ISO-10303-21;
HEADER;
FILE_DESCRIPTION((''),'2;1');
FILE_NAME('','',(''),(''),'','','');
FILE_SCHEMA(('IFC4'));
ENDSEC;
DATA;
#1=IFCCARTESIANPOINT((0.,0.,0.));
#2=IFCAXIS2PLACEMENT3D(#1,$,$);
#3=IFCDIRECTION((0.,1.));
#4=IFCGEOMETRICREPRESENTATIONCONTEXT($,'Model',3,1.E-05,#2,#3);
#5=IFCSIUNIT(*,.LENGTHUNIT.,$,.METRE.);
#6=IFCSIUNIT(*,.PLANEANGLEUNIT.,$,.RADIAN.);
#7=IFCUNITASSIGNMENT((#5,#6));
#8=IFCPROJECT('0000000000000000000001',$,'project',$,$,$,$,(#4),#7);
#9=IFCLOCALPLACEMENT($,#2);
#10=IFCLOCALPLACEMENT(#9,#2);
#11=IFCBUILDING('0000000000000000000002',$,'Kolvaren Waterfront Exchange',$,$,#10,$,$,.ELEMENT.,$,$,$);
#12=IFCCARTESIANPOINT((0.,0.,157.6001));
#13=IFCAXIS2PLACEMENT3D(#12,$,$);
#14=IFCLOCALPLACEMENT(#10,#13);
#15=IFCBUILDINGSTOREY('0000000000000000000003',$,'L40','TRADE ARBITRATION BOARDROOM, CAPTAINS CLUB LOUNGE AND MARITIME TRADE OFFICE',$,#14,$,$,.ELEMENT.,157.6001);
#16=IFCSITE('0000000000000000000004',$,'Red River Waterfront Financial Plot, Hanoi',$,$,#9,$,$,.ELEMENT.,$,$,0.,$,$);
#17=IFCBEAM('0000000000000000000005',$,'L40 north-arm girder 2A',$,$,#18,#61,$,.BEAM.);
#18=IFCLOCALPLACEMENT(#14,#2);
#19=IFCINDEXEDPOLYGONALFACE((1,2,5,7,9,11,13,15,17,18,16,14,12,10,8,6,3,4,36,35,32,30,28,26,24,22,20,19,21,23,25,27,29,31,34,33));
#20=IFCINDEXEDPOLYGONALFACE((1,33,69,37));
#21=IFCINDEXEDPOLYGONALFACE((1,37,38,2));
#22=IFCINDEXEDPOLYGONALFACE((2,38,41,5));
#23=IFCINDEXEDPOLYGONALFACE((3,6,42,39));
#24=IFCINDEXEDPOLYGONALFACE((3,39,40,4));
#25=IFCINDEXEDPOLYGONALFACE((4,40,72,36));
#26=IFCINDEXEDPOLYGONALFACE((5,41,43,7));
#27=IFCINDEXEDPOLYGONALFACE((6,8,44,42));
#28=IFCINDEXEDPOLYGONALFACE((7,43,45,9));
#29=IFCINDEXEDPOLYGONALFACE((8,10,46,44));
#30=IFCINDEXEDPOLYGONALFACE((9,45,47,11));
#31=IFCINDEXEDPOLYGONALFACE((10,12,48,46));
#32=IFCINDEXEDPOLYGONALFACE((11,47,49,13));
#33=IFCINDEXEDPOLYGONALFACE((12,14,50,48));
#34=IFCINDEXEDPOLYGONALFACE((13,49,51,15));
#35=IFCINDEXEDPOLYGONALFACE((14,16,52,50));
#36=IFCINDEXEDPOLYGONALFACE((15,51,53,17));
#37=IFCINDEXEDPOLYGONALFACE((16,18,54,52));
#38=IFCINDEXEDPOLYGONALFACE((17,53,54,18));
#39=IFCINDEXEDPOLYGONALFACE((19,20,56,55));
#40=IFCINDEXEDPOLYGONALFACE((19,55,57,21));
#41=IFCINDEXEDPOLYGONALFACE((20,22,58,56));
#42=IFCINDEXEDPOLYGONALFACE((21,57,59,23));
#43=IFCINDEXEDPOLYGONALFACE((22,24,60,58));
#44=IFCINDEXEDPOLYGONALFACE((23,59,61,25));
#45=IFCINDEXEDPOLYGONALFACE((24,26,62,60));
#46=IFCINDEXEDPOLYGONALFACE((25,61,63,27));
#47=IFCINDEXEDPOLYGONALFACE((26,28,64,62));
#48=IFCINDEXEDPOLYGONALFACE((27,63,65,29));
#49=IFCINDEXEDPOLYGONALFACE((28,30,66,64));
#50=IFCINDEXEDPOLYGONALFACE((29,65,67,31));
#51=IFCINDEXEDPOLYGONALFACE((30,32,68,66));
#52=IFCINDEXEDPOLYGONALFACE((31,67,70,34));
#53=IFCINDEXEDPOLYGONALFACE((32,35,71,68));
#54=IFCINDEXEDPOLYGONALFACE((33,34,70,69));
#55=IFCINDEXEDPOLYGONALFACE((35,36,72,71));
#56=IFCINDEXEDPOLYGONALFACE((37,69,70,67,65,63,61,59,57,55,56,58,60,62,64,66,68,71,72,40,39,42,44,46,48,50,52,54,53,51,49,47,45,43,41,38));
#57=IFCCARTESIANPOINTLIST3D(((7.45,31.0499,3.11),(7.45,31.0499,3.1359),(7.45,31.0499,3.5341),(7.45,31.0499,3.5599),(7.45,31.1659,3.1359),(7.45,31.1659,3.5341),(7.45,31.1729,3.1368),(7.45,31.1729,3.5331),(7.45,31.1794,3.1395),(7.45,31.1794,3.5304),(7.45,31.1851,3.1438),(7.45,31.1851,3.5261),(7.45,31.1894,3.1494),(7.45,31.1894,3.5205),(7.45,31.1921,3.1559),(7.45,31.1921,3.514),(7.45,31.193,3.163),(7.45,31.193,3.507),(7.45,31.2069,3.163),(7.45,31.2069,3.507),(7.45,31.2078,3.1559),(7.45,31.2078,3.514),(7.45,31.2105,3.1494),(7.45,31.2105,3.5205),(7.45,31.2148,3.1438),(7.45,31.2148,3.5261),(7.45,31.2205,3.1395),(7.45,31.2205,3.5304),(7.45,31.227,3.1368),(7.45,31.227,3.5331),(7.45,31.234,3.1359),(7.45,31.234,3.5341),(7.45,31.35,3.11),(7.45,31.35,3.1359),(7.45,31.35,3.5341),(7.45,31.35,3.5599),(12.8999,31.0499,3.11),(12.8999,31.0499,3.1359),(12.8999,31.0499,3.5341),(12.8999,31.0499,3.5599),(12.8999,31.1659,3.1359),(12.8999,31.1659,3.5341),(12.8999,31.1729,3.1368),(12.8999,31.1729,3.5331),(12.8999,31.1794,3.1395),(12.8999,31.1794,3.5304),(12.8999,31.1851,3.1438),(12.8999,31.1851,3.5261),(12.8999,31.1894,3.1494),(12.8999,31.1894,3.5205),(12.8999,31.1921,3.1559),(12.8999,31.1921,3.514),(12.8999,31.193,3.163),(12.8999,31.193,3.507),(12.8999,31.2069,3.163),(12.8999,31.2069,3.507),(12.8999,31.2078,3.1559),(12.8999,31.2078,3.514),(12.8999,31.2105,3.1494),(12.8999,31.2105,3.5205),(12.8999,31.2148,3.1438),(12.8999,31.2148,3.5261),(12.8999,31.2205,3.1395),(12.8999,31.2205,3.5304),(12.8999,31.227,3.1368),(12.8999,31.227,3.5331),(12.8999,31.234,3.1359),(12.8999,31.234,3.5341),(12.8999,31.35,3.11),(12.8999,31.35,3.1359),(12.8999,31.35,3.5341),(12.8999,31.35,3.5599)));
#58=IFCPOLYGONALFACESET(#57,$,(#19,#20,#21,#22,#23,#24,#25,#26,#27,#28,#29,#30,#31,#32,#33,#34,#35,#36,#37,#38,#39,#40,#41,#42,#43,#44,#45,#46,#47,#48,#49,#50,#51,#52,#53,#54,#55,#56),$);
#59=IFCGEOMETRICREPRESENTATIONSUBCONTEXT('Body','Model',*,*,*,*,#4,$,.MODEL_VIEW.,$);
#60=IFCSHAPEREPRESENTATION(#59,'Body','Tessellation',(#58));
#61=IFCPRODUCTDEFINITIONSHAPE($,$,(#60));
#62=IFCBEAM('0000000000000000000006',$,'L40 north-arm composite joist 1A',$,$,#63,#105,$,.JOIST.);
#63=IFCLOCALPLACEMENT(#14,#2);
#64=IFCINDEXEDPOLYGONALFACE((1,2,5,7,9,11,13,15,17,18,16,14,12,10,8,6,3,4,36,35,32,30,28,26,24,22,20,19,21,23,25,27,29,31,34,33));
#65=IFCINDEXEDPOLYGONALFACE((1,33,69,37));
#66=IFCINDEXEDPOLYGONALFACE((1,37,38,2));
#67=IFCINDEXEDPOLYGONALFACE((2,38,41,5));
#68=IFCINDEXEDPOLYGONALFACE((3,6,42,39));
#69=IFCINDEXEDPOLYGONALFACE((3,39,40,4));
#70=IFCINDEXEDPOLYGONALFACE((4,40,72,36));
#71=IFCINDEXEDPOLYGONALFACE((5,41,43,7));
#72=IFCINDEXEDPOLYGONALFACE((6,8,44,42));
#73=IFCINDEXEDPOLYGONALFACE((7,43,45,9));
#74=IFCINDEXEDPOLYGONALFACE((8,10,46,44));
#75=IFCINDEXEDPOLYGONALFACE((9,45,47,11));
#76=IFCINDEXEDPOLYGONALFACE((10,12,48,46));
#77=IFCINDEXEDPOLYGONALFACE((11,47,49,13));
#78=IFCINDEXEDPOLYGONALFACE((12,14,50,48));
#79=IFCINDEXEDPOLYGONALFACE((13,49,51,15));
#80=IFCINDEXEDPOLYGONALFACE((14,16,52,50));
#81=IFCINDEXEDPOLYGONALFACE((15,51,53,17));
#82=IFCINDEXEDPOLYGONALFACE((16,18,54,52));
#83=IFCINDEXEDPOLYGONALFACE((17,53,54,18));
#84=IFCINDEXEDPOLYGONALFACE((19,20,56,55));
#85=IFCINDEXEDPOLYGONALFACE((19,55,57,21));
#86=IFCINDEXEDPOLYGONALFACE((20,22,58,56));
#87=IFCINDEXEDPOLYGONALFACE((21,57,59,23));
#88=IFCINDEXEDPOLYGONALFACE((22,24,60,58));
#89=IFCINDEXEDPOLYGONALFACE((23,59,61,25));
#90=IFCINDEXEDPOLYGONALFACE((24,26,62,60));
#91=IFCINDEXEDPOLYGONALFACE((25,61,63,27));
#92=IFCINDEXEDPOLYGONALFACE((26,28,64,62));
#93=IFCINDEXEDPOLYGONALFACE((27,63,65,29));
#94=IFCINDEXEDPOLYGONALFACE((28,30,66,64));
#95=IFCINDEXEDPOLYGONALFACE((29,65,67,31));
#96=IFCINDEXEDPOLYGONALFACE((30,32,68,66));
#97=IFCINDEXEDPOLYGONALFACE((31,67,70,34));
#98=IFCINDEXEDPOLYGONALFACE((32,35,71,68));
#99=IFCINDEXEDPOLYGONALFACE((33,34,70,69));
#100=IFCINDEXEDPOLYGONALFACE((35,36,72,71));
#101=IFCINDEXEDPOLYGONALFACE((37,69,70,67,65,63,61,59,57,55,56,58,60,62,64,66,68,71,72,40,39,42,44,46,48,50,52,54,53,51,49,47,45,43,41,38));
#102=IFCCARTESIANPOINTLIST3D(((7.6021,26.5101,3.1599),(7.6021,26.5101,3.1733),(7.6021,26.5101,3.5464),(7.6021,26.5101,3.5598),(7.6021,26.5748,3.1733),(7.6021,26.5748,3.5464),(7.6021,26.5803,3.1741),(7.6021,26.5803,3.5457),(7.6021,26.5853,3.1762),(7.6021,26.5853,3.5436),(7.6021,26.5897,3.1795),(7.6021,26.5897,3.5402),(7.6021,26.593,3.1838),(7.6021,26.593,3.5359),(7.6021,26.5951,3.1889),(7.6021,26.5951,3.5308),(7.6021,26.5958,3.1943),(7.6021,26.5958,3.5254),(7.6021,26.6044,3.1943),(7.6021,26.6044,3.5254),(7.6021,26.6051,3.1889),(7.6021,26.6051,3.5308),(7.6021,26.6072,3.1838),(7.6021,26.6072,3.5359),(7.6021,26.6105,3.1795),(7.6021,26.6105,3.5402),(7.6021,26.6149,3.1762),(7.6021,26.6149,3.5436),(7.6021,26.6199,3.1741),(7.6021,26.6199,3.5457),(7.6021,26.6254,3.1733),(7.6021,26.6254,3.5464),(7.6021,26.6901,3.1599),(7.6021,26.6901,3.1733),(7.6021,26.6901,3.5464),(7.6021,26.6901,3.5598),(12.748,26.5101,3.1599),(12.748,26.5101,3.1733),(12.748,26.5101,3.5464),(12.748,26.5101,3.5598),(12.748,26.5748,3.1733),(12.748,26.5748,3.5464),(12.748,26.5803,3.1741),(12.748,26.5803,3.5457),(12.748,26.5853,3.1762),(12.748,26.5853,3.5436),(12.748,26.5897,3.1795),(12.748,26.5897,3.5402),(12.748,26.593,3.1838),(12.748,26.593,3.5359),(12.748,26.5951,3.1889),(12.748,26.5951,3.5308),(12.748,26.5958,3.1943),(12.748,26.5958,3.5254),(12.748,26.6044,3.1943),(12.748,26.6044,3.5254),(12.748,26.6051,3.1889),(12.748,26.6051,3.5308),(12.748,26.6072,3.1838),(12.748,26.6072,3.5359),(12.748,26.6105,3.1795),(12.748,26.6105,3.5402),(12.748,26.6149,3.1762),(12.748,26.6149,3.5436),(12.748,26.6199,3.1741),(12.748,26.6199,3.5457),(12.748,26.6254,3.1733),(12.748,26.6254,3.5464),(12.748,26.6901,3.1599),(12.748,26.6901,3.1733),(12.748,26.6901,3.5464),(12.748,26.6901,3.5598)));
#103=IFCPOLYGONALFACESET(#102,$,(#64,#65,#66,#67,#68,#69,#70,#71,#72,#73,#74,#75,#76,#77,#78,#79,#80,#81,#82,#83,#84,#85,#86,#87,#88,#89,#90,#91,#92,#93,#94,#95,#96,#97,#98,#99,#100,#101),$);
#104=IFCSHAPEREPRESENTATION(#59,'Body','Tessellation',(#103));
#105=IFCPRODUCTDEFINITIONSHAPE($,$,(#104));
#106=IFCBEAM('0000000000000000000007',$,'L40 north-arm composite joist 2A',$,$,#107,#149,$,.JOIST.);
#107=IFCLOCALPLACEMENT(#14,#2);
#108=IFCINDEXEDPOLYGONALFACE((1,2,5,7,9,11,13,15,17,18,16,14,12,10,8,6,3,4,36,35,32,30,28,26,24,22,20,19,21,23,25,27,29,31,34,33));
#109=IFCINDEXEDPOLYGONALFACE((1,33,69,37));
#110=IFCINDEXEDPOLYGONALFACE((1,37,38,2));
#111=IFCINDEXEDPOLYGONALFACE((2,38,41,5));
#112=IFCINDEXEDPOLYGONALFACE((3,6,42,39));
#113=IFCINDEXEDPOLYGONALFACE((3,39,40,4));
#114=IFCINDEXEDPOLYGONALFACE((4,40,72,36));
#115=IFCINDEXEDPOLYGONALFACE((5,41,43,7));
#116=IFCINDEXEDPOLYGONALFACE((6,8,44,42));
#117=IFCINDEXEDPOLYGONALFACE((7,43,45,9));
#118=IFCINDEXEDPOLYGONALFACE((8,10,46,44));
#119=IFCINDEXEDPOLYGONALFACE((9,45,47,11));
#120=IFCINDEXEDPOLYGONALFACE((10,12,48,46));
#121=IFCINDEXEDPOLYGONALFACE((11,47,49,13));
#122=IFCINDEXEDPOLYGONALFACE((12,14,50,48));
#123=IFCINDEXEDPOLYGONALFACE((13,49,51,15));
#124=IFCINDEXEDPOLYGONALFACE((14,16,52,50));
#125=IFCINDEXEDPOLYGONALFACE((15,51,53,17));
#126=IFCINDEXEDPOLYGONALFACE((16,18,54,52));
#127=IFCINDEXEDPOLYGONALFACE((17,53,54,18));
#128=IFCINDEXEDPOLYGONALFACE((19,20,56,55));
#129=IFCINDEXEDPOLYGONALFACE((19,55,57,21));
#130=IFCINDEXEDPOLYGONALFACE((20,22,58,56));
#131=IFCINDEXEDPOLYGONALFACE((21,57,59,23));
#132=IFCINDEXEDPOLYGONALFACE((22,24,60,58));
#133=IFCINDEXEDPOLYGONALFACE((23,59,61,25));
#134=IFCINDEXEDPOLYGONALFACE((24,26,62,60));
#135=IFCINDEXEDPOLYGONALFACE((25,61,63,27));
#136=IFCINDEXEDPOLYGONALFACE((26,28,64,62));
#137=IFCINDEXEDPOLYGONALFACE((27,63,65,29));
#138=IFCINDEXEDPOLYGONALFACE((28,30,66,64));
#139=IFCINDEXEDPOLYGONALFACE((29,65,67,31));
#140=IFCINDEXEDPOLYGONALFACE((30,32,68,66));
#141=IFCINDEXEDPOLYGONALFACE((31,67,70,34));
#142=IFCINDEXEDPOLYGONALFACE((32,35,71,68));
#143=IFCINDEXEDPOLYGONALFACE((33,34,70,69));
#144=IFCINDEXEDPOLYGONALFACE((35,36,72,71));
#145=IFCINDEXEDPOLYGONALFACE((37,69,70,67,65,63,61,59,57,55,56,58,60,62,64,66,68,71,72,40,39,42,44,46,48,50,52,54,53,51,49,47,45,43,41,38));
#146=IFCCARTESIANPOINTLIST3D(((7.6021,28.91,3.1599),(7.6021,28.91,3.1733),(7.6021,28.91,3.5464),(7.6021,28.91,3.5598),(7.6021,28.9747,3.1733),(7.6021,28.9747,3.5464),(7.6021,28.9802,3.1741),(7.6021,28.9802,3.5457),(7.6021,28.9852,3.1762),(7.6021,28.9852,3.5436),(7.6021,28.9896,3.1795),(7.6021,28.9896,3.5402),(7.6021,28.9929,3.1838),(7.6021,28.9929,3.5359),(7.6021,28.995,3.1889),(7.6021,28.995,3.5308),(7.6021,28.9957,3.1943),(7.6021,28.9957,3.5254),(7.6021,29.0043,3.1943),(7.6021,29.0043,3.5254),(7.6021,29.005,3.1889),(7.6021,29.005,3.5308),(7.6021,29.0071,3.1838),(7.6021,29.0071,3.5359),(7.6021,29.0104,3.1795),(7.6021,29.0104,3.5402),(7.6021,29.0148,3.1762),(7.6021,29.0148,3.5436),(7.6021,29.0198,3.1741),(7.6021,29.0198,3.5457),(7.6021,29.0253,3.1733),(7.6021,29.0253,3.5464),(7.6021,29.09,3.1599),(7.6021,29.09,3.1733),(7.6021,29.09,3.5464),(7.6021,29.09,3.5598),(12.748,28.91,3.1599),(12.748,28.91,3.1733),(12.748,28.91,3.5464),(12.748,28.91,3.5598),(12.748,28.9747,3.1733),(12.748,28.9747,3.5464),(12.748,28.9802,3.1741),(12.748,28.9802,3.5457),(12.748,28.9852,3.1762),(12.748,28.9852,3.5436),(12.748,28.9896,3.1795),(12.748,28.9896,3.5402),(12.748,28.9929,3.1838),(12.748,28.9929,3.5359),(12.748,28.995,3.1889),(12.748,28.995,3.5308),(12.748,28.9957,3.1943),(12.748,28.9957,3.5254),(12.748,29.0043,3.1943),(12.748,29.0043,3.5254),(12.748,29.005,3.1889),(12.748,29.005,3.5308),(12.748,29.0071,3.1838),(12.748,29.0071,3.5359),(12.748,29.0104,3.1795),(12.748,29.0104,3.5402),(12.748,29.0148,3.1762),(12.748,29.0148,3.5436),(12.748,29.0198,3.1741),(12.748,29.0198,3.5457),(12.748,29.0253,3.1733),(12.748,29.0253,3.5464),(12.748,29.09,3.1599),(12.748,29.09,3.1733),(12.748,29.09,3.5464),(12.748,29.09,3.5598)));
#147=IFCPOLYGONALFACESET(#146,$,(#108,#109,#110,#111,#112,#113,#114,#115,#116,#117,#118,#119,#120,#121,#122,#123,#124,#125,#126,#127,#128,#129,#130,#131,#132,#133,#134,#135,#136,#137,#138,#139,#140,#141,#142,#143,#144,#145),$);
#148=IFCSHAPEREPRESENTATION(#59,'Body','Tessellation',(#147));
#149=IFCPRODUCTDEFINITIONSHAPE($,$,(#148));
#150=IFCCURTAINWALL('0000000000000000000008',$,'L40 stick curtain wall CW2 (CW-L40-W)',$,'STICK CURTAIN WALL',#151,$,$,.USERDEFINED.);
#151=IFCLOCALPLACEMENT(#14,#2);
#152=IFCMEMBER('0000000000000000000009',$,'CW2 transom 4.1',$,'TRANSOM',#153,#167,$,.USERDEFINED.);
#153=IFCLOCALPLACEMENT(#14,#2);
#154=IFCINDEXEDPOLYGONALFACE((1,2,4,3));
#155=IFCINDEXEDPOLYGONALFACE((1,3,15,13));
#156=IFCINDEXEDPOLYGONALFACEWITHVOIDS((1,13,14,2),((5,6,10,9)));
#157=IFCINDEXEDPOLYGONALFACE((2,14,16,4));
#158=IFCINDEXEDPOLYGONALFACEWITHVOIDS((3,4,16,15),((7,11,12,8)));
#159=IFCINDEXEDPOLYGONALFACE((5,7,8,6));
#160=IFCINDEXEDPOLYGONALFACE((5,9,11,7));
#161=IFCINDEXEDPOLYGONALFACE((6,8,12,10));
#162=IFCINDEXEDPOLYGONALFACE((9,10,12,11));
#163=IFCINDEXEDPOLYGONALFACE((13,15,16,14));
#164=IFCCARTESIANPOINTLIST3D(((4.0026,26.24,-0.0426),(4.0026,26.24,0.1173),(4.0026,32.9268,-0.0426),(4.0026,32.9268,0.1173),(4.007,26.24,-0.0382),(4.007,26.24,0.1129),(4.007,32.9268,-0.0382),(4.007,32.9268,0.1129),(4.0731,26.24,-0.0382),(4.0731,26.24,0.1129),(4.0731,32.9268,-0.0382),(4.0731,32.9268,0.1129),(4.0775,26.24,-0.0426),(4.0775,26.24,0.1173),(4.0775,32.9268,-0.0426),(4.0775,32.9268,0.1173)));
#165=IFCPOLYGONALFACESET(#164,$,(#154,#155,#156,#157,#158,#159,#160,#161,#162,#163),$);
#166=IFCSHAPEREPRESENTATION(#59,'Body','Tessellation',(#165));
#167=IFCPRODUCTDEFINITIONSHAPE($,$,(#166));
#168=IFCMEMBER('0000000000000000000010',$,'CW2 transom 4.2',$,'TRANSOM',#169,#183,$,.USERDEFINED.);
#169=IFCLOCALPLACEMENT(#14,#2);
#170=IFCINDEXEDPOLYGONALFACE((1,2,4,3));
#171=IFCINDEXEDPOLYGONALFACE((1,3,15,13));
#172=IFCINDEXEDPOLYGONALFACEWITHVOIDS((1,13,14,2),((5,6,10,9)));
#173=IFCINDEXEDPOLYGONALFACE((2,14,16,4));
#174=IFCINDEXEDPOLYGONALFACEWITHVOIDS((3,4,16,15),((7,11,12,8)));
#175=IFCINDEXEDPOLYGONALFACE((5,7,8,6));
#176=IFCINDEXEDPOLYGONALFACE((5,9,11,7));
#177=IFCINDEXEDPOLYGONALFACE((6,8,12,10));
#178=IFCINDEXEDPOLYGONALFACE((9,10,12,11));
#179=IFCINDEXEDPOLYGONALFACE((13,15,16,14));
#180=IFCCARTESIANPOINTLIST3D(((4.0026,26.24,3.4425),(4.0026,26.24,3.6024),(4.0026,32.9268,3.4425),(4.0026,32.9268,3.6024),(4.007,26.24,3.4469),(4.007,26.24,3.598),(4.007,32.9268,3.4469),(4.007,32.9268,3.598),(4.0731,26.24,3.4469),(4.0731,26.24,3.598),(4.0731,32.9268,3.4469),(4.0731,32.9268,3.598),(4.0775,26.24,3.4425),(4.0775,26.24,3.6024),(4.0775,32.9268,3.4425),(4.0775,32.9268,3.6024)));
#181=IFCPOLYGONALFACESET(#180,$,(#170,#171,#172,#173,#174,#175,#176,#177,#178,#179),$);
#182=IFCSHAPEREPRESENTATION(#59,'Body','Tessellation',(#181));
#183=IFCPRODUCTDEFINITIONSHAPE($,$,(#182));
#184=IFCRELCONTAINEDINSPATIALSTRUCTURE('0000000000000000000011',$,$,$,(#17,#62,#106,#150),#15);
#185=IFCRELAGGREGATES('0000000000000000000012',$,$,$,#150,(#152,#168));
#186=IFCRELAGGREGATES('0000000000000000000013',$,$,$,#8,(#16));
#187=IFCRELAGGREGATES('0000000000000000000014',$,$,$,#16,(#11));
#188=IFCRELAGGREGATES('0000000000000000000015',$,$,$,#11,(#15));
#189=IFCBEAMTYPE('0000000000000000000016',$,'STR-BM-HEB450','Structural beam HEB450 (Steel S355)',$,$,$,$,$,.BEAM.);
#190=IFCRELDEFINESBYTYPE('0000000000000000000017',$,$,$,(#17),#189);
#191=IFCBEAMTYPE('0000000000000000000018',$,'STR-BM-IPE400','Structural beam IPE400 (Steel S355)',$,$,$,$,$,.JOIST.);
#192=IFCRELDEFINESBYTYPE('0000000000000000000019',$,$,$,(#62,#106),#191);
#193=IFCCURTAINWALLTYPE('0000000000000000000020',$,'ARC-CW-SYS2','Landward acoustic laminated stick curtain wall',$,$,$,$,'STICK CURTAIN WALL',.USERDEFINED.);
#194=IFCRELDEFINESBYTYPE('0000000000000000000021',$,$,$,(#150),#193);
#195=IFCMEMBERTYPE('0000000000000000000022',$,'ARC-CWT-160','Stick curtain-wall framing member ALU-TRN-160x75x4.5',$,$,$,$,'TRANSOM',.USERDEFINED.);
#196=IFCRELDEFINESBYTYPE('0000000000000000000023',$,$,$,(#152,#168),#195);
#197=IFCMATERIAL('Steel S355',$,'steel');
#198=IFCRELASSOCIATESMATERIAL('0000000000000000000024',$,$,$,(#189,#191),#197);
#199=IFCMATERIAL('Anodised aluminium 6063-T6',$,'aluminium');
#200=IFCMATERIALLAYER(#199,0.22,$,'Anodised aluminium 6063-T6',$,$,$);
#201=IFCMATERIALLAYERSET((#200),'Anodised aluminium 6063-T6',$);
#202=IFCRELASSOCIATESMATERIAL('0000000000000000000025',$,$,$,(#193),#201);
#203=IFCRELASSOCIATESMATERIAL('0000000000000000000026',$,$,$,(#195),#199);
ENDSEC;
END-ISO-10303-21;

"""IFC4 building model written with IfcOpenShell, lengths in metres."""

from ifc_helpers import new_model, si_unit, direction, frame, origin, origin_with_axes, origin_2d, place, context, subcontext, project, spatial, hollow_rectangle, i_section, extrude, source, transform, mapped, material, layer, layer_set, material_profile, profile_set, type_object, element, aggregate, save


model = new_model("IFC4")

# Units and contexts
model_context = context("Model", 3, precision=1e-05, world=origin(), true_north=direction((0.0, 1.0)))
body_context = subcontext(model_context, "Body", "Model", "MODEL_VIEW")
ifc_project = project(units=[si_unit("LENGTHUNIT", "METRE"), si_unit("PLANEANGLEUNIT", "RADIAN")], contexts=[model_context])

# Site, building, storey
site_placement = place(None, origin())
site = spatial("IfcSite", under=ifc_project, at=site_placement, Name="Red River Waterfront Financial Plot, Hanoi", CompositionType="ELEMENT", RefElevation=0.0)
building_placement = place(site_placement, origin())
building = spatial("IfcBuilding", under=site, at=building_placement, Name="Kolvaren Waterfront Exchange", CompositionType="ELEMENT")
storey_placement = place(building_placement, frame((0.0, 0.0, 157.6001)))
storey = spatial("IfcBuildingStorey", under=building, at=storey_placement, Name="L40", Description="TRADE ARBITRATION BOARDROOM, CAPTAINS CLUB LOUNGE AND MARITIME TRADE OFFICE", CompositionType="ELEMENT", Elevation=157.6001)

# Beams
ifc_material_1 = material(Name="Steel S355", Category="steel")
ifc_material_profile_1 = material_profile(ifc_material_1, i_section(OverallWidth=0.3, OverallDepth=0.45, WebThickness=0.0139, FlangeThickness=0.0259, FilletRadius=0.0271, at=origin_2d()), Name="HEB450")
ifc_profile_set_1 = profile_set([ifc_material_profile_1], Name="Steel S355")
beam_type_1 = type_object("IfcBeamType", Name="STR-BM-HEB450", Description="Structural beam HEB450 (Steel S355)", PredefinedType="BEAM", material=ifc_profile_set_1)
for number, where, z_axis, x_axis, name in (
    (1, (7.45, 31.2, 3.335), (1.0, 0.0, 0.0), (0.0, 1.0, 0.0), "L40 north-arm girder 2A"),
):
    element("IfcBeam", number, at=place(storey_placement, frame(where, z_axis=z_axis, x_axis=x_axis)), inside=storey, type_object=beam_type_1, Name=name, PredefinedType="BEAM", context=body_context, shape_type="SweptSolid", body=[
        extrude(i_section(OverallWidth=0.3, OverallDepth=0.45, WebThickness=0.0139, FlangeThickness=0.0259, FilletRadius=0.0271, at=origin_2d()), origin(), (0.0, 0.0, 1.0), 5.45),
    ])
ifc_material_profile_2 = material_profile(ifc_material_1, i_section(OverallWidth=0.1799, OverallDepth=0.3999, WebThickness=0.0085, FlangeThickness=0.0134, FilletRadius=0.021, at=origin_2d()), Name="IPE400")
ifc_profile_set_2 = profile_set([ifc_material_profile_2], Name="Steel S355")
beam_type_2 = type_object("IfcBeamType", Name="STR-BM-IPE400", Description="Structural beam IPE400 (Steel S355)", PredefinedType="JOIST", material=ifc_profile_set_2)
for number, where, z_axis, x_axis, name in (
    (2, (7.6021, 26.6001, 3.3599), (1.0, 0.0, 0.0), (0.0, 1.0, 0.0), "L40 north-arm composite joist 1A"),
    (3, (7.6021, 29.0, 3.3599), (1.0, 0.0, 0.0), (0.0, 1.0, 0.0), "L40 north-arm composite joist 2A"),
):
    element("IfcBeam", number, at=place(storey_placement, frame(where, z_axis=z_axis, x_axis=x_axis)), inside=storey, type_object=beam_type_2, Name=name, PredefinedType="JOIST", context=body_context, shape_type="SweptSolid", body=[
        extrude(i_section(OverallWidth=0.1799, OverallDepth=0.3999, WebThickness=0.0085, FlangeThickness=0.0134, FilletRadius=0.021, at=origin_2d()), origin(), (0.0, 0.0, 1.0), 5.146),
    ])

# Curtain wall, members
ifc_material_2 = material(Name="Anodised aluminium 6063-T6", Category="aluminium")
ifc_layer_1 = layer(ifc_material_2, 0.22, Name="Anodised aluminium 6063-T6")
ifc_layer_set_1 = layer_set([ifc_layer_1], Name="Anodised aluminium 6063-T6")
curtain_wall_type = type_object("IfcCurtainWallType", Name="ARC-CW-SYS2", Description="Landward acoustic laminated stick curtain wall", ElementType="STICK CURTAIN WALL", PredefinedType="USERDEFINED", material=ifc_layer_set_1)
curtain_wall_placement = place(storey_placement, origin())
curtain_wall = element("IfcCurtainWall", 4, at=curtain_wall_placement, inside=storey, type_object=curtain_wall_type, Name="L40 stick curtain wall CW2 (CW-L40-W)", ObjectType="STICK CURTAIN WALL", PredefinedType="USERDEFINED")
ifc_material_profile_3 = material_profile(ifc_material_2, hollow_rectangle(XDim=0.075, YDim=0.1599, WallThickness=0.0044, at=origin_2d()), Name="ALU-TRN-160x75x4.5")
ifc_profile_set_3 = profile_set([ifc_material_profile_3], Name="Anodised aluminium 6063-T6")
member_type_1 = type_object("IfcMemberType", Name="ARC-CWT-160", Description="Stick curtain-wall framing member ALU-TRN-160x75x4.5", ElementType="TRANSOM", PredefinedType="USERDEFINED", material=ifc_profile_set_3)
shared_shape_1 = source(origin_with_axes(), body_context, "Body", "SweptSolid", [
    extrude(hollow_rectangle(XDim=0.075, YDim=0.1599, WallThickness=0.0044, at=origin_2d()), origin(), (0.0, 0.0, 1.0), 6.6868),
])
member_1_placement = place(storey_placement, frame((4.04, 26.24, 0.0374), z_axis=(0.0, 1.0, 0.0), x_axis=(-1.0, 0.0, 0.0)))
member_1 = element("IfcMember", 5, at=member_1_placement, type_object=member_type_1, Name="CW2 transom 4.1", ObjectType="TRANSOM", PredefinedType="USERDEFINED", context=body_context, shape_type="MappedRepresentation", body=[
    mapped(shared_shape_1, transform((0.0, 0.0, 0.0), x_axis=(1.0, 0.0, 0.0), y_axis=(0.0, 1.0, 0.0), z_axis=(0.0, 0.0, 1.0), scale=1.0)),
])
member_2_placement = place(storey_placement, frame((4.04, 26.24, 3.5225), z_axis=(0.0, 1.0, 0.0), x_axis=(-1.0, 0.0, 0.0)))
member_2 = element("IfcMember", 6, at=member_2_placement, type_object=member_type_1, Name="CW2 transom 4.2", ObjectType="TRANSOM", PredefinedType="USERDEFINED", context=body_context, shape_type="MappedRepresentation", body=[
    mapped(shared_shape_1, transform((0.0, 0.0, 0.0), x_axis=(1.0, 0.0, 0.0), y_axis=(0.0, 1.0, 0.0), z_axis=(0.0, 0.0, 1.0), scale=1.0)),
])
aggregate(curtain_wall, [member_1, member_2])

save(model, "model.ifc")
